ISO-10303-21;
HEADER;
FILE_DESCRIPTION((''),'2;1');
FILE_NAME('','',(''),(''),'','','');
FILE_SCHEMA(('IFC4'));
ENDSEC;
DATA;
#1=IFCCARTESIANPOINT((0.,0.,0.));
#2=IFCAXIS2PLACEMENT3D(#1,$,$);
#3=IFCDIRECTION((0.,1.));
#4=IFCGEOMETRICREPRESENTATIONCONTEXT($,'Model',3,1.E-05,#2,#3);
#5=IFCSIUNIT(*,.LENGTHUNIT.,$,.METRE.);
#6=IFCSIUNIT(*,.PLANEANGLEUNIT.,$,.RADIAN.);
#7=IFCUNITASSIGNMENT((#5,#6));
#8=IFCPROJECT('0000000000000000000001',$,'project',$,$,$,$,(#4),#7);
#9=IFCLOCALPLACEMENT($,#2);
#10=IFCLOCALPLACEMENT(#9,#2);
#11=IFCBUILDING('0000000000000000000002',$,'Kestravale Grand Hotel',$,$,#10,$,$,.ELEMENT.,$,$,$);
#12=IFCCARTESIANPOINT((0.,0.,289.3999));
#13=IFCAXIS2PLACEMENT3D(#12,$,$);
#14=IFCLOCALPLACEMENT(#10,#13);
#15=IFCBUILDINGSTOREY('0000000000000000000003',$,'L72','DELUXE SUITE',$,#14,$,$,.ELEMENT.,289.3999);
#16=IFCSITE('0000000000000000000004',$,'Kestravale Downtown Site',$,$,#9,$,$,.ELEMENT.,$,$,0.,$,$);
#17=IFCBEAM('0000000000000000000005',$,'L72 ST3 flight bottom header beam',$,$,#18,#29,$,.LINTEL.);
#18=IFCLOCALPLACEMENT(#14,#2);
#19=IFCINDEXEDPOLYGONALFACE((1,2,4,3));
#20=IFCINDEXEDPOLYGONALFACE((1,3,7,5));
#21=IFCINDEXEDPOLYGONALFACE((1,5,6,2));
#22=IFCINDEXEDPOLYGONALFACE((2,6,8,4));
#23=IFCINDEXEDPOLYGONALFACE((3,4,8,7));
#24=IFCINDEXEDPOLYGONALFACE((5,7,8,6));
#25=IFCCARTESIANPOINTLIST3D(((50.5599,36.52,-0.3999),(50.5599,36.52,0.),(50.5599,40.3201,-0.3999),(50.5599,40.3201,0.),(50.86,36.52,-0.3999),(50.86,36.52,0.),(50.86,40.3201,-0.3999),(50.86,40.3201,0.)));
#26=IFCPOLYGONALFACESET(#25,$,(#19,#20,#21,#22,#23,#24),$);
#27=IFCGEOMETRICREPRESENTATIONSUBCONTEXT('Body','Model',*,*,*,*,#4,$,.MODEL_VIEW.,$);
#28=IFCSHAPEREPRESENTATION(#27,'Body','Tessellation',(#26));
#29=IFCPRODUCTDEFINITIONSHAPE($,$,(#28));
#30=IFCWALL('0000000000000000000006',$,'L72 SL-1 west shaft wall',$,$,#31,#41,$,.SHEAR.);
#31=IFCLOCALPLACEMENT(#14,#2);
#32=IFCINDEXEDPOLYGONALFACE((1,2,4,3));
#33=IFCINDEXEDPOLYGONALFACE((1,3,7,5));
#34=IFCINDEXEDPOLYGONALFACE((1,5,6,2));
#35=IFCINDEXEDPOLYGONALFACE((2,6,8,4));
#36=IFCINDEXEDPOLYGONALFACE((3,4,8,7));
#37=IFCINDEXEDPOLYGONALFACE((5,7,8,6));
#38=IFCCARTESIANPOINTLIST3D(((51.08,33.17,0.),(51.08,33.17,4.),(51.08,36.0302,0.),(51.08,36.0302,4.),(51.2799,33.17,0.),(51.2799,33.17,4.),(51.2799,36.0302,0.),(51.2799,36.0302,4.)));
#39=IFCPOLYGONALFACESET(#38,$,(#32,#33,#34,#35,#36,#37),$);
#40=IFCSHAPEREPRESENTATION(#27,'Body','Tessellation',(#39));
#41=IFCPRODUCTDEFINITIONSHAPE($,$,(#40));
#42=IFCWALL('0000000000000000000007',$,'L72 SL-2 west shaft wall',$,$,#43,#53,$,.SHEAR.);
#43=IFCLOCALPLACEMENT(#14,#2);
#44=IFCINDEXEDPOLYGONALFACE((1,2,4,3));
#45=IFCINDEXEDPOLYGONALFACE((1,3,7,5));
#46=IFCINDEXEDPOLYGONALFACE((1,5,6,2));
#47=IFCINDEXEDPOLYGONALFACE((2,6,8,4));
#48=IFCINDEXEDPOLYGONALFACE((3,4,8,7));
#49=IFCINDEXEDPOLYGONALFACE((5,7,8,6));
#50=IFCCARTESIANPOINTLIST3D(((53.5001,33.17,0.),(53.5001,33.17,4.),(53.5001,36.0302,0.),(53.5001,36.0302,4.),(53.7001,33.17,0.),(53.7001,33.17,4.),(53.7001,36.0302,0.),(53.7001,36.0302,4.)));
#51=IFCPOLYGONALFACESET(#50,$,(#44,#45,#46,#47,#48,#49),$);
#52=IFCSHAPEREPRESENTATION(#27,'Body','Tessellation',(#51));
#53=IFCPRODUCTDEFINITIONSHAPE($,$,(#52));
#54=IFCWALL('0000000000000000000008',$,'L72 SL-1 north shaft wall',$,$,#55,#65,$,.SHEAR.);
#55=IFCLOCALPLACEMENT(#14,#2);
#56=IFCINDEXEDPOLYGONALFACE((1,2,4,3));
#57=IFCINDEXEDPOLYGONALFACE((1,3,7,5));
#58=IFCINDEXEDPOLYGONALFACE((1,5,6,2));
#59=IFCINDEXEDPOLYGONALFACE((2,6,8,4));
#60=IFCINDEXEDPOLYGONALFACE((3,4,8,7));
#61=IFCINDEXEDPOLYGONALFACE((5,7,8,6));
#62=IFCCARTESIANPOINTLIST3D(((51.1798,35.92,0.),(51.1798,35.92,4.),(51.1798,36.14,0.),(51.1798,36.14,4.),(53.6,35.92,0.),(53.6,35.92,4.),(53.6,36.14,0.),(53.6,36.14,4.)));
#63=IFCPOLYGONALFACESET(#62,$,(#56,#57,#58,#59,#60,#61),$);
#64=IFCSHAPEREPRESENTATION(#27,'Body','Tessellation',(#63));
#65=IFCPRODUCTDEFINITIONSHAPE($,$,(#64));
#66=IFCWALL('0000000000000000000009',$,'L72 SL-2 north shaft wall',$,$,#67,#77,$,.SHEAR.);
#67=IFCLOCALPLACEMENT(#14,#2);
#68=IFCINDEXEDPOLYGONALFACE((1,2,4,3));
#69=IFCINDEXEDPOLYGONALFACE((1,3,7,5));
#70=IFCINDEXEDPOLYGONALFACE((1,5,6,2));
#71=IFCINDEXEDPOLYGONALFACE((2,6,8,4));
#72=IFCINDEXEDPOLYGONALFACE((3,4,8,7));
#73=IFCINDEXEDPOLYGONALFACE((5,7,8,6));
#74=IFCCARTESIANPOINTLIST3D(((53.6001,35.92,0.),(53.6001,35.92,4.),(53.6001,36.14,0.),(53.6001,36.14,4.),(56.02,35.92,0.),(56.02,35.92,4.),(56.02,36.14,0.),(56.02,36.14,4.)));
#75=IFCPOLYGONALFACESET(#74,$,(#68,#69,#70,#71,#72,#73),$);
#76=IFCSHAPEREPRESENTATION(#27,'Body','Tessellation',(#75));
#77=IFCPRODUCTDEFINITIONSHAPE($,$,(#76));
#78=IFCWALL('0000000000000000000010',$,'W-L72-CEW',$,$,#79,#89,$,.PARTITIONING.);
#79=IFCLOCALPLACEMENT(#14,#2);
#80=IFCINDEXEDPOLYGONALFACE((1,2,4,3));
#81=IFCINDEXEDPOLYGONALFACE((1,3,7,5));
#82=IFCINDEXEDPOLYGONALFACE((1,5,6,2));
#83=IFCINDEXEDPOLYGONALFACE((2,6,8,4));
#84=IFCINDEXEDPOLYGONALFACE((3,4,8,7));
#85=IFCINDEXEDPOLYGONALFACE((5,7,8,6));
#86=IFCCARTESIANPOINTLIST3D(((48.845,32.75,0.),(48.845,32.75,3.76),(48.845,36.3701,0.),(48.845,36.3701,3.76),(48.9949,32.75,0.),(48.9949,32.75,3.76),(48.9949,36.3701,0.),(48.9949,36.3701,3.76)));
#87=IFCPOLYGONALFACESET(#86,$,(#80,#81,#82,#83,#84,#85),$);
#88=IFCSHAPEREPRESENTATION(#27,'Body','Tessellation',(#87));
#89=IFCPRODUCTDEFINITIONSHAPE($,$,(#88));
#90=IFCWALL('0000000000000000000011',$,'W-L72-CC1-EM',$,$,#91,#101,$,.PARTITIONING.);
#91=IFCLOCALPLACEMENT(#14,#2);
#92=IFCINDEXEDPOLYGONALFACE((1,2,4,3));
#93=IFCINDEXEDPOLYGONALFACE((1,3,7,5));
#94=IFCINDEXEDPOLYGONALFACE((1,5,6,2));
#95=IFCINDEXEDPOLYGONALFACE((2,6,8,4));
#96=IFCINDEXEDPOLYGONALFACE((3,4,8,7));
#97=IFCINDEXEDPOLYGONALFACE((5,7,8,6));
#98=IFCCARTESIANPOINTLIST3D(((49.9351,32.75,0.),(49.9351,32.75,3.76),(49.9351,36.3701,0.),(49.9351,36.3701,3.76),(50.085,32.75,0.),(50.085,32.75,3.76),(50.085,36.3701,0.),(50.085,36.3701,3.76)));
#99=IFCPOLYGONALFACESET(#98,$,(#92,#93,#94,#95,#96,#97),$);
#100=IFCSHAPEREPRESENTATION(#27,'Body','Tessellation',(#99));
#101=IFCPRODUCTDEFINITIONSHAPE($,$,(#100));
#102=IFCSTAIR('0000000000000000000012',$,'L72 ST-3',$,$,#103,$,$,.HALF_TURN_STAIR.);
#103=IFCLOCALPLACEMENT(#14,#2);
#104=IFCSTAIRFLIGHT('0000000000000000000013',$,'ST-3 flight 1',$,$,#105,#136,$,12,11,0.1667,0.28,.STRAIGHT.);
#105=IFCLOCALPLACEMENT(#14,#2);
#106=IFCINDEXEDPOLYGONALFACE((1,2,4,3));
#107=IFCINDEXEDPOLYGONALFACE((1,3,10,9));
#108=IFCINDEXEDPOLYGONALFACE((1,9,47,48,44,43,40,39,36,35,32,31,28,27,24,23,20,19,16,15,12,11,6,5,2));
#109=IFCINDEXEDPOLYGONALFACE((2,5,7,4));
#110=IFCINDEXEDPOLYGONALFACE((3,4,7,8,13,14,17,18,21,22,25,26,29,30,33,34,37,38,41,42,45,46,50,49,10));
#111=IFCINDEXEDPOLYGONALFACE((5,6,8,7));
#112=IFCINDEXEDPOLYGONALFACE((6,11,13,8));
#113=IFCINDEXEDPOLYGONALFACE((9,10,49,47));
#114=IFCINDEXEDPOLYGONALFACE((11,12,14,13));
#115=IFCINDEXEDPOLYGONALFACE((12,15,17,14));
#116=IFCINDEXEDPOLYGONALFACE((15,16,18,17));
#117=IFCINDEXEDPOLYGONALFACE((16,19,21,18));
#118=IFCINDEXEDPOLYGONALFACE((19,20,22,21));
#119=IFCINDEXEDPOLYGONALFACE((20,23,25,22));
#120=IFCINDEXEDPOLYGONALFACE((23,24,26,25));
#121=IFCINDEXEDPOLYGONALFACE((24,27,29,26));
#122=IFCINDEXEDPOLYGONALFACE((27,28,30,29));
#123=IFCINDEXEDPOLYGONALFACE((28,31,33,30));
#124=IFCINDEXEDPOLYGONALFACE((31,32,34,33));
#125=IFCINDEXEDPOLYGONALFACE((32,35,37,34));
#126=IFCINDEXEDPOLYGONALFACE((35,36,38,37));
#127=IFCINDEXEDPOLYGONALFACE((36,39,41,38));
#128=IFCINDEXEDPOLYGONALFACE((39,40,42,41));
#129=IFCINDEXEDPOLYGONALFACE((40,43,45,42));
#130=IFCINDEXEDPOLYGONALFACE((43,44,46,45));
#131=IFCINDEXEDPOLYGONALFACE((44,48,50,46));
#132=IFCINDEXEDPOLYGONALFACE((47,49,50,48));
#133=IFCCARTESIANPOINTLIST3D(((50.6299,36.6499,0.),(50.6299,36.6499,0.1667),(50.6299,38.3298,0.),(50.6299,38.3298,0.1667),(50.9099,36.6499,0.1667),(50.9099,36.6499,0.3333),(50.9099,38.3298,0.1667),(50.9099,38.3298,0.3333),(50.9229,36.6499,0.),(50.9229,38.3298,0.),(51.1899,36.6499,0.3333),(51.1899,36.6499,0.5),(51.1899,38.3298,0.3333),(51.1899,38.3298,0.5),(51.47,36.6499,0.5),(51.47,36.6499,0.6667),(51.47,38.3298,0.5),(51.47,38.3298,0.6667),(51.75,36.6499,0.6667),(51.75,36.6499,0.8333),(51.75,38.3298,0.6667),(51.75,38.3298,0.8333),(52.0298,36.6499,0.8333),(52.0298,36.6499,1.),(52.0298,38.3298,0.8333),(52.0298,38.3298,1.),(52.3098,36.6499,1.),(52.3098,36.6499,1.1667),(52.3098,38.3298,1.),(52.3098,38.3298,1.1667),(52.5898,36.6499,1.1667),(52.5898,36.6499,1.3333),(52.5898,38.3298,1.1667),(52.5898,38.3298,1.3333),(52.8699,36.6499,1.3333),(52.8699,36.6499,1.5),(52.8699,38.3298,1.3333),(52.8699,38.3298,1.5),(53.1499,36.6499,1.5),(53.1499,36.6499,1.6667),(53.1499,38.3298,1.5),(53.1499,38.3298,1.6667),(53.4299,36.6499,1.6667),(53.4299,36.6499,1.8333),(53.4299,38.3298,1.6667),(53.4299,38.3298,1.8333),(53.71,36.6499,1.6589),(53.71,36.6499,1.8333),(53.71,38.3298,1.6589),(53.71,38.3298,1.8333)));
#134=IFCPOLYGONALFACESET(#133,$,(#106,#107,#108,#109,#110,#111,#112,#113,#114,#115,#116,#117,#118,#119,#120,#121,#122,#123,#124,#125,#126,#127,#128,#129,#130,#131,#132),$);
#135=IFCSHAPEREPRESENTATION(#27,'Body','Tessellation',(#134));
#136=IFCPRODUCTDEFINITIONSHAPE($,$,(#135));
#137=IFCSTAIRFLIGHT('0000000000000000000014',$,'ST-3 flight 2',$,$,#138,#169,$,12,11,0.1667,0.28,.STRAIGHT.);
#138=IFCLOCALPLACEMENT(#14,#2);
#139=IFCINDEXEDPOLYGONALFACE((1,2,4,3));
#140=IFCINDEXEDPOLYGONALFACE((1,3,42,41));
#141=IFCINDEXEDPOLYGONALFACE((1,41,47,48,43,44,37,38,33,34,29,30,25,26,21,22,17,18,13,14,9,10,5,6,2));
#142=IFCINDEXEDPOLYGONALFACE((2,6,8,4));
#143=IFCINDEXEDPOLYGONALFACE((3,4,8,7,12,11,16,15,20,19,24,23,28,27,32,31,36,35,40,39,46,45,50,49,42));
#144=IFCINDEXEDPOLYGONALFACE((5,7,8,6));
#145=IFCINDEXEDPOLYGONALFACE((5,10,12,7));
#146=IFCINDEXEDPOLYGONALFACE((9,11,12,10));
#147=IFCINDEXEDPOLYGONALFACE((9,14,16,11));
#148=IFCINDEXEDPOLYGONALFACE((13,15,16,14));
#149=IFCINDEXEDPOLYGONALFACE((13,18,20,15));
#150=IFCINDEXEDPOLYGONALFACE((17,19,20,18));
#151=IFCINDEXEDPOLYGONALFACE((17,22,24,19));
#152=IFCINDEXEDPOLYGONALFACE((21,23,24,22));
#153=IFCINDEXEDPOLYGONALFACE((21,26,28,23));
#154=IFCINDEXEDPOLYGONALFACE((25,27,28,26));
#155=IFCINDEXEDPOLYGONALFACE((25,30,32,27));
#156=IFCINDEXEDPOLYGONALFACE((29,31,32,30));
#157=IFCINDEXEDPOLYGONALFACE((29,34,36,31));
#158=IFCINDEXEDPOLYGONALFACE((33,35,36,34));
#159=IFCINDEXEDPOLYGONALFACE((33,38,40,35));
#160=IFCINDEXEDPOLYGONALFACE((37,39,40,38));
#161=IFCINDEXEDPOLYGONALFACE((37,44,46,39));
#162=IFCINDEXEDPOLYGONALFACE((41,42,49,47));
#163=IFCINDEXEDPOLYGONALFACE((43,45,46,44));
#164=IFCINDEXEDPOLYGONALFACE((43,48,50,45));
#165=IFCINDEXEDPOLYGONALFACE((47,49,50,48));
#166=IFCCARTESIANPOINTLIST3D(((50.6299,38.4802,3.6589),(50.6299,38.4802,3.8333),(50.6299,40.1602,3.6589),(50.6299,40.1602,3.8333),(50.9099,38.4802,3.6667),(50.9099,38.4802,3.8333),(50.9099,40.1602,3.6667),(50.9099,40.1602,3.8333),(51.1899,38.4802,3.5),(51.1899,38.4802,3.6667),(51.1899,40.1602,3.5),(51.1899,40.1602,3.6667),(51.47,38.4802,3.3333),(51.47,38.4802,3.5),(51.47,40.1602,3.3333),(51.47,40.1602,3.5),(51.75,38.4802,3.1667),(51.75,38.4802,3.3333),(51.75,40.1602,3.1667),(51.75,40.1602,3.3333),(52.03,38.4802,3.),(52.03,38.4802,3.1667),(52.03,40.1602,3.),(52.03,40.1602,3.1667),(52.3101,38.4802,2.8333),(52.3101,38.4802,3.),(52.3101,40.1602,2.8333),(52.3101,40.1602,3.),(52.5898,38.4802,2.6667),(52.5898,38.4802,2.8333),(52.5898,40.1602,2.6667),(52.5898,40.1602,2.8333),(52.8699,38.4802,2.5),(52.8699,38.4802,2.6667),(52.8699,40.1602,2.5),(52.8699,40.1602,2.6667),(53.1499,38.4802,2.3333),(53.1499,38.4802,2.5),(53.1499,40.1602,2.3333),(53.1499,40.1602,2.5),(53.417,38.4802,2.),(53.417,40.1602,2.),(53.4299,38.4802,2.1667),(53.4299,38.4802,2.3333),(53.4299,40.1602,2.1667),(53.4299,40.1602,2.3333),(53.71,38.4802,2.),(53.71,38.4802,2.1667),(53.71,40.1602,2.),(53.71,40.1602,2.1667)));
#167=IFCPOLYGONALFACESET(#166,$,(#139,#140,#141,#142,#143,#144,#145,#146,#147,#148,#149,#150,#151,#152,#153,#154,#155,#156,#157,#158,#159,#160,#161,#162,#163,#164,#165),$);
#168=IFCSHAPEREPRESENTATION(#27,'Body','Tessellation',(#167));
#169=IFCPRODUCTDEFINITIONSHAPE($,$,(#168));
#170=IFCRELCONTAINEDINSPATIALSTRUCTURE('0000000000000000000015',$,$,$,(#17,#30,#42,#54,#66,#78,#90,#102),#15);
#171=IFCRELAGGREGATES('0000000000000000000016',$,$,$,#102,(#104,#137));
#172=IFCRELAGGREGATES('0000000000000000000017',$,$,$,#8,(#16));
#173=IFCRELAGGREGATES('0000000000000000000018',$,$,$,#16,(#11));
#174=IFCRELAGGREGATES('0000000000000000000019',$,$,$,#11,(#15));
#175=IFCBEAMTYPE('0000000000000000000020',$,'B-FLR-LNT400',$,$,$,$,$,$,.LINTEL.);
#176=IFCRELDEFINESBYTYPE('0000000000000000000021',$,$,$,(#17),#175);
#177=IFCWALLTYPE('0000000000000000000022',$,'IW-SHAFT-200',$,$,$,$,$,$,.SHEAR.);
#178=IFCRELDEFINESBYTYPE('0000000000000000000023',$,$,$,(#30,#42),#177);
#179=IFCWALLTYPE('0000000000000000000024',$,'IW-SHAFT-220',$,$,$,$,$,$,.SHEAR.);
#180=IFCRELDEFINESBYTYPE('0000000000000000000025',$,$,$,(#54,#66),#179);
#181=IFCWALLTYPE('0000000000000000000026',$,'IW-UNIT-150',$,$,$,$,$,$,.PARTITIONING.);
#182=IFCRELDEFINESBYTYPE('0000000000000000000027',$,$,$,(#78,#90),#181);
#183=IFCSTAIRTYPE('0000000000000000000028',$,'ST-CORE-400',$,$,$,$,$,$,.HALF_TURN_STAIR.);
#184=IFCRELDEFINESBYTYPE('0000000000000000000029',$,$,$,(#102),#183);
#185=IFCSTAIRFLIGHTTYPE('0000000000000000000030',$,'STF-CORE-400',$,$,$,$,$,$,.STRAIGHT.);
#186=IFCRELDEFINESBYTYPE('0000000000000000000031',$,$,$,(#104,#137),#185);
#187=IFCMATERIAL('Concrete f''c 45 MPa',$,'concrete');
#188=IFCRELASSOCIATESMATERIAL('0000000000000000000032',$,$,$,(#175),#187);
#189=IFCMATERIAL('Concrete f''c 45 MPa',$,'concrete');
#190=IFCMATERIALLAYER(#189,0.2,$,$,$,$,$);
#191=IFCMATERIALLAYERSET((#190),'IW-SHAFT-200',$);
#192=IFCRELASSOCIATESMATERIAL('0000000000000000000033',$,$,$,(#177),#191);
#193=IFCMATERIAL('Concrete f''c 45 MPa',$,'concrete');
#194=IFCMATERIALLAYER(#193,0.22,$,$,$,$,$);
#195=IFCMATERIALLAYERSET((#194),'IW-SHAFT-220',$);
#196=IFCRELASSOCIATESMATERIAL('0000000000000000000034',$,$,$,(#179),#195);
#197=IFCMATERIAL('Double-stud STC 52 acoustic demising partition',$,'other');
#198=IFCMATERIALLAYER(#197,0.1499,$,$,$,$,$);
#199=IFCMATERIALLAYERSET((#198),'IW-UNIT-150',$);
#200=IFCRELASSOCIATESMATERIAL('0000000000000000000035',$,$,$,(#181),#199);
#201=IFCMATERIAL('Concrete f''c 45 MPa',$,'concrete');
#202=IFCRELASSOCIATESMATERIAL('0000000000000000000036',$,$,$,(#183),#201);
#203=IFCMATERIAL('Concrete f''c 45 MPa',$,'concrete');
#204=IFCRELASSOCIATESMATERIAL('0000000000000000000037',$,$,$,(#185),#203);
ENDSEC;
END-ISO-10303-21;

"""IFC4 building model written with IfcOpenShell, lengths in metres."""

from ifc_helpers import new_model, si_unit, direction, frame, frame_2d, origin, origin_2d, place, context, subcontext, project, spatial, polyline, rectangle, outline, extrude, material, layer, layer_set, material_profile, profile_set, type_object, element, aggregate, save


model = new_model("IFC4")

# Units and contexts
model_context = context("Model", 3, precision=1e-05, world=origin(), true_north=direction((0.0, 1.0)))
body_context = subcontext(model_context, "Body", "Model", "MODEL_VIEW")
ifc_project = project(units=[si_unit("LENGTHUNIT", "METRE"), si_unit("PLANEANGLEUNIT", "RADIAN")], contexts=[model_context])

# Site, building, storey
site_placement = place(None, origin())
site = spatial("IfcSite", under=ifc_project, at=site_placement, Name="Kestravale Downtown Site", CompositionType="ELEMENT", RefElevation=0.0)
building_placement = place(site_placement, origin())
building = spatial("IfcBuilding", under=site, at=building_placement, Name="Kestravale Grand Hotel", CompositionType="ELEMENT")
storey_placement = place(building_placement, frame((0.0, 0.0, 289.3999)))
storey = spatial("IfcBuildingStorey", under=building, at=storey_placement, Name="L72", Description="DELUXE SUITE", CompositionType="ELEMENT", Elevation=289.3999)

# Beam
ifc_material_1 = material(Name="Concrete f'c 45 MPa", Category="concrete")
ifc_material_profile = material_profile(ifc_material_1, rectangle(XDim=0.3, YDim=0.3999, at=origin_2d()))
ifc_profile_set = profile_set([ifc_material_profile], Name="Concrete f'c 45 MPa")
beam_type = type_object("IfcBeamType", Name="B-FLR-LNT400", PredefinedType="LINTEL", material=ifc_profile_set)
beam_placement = place(storey_placement, frame((50.71, 36.52, -0.2), z_axis=(0.0, 1.0, 0.0), x_axis=(-1.0, 0.0, 0.0)))
element("IfcBeam", 1, at=beam_placement, inside=storey, type_object=beam_type, Name="L72 ST3 flight bottom header beam", PredefinedType="LINTEL", context=body_context, shape_type="SweptSolid", body=[
    extrude(rectangle(XDim=0.3, YDim=0.3999, at=origin_2d()), origin(), (0.0, 0.0, 1.0), 3.8),
])

# Walls
ifc_material_2 = material(Name="Concrete f'c 45 MPa", Category="concrete")
ifc_layer_1 = layer(ifc_material_2, 0.2)
ifc_layer_set_1 = layer_set([ifc_layer_1], Name="IW-SHAFT-200")
wall_type_1 = type_object("IfcWallType", Name="IW-SHAFT-200", PredefinedType="SHEAR", material=ifc_layer_set_1)
for number, where, z_axis, x_axis, name in (
    (2, (51.1799, 33.1699, 0.0), (0.0, 0.0, 1.0), (0.0, 1.0, 0.0), "L72 SL-1 west shaft wall"),
    (3, (53.6001, 33.1699, 0.0), (0.0, 0.0, 1.0), (0.0, 1.0, 0.0), "L72 SL-2 west shaft wall"),
):
    element("IfcWall", number, at=place(storey_placement, frame(where, z_axis=z_axis, x_axis=x_axis)), inside=storey, type_object=wall_type_1, Name=name, PredefinedType="SHEAR", context=body_context, shape_type="SweptSolid", body=[
        extrude(rectangle(XDim=2.8601, YDim=0.2, at=frame_2d((1.4302, 0.0))), origin(), (0.0, 0.0, 1.0), 4.0),
    ])
ifc_material_3 = material(Name="Concrete f'c 45 MPa", Category="concrete")
ifc_layer_2 = layer(ifc_material_3, 0.22)
ifc_layer_set_2 = layer_set([ifc_layer_2], Name="IW-SHAFT-220")
wall_type_2 = type_object("IfcWallType", Name="IW-SHAFT-220", PredefinedType="SHEAR", material=ifc_layer_set_2)
wall_1_placement = place(storey_placement, frame((51.1799, 36.03, 0.0), z_axis=(0.0, 0.0, 1.0), x_axis=(1.0, 0.0, 0.0)))
element("IfcWall", 4, at=wall_1_placement, inside=storey, type_object=wall_type_2, Name="L72 SL-1 north shaft wall", PredefinedType="SHEAR", context=body_context, shape_type="SweptSolid", body=[
    extrude(rectangle(XDim=2.4202, YDim=0.22, at=frame_2d((1.21, 0.0))), origin(), (0.0, 0.0, 1.0), 4.0),
])

# Wall
wall_2_placement = place(storey_placement, frame((53.6001, 36.03, 0.0), z_axis=(0.0, 0.0, 1.0), x_axis=(1.0, 0.0, 0.0)))
element("IfcWall", 5, at=wall_2_placement, inside=storey, type_object=wall_type_2, Name="L72 SL-2 north shaft wall", PredefinedType="SHEAR", context=body_context, shape_type="SweptSolid", body=[
    extrude(rectangle(XDim=2.4199, YDim=0.22, at=frame_2d((1.21, 0.0))), origin(), (0.0, 0.0, 1.0), 4.0),
])

# Walls
ifc_material_4 = material(Name="Double-stud STC 52 acoustic demising partition", Category="other")
ifc_layer_3 = layer(ifc_material_4, 0.1499)
ifc_layer_set_3 = layer_set([ifc_layer_3], Name="IW-UNIT-150")
wall_type_3 = type_object("IfcWallType", Name="IW-UNIT-150", PredefinedType="PARTITIONING", material=ifc_layer_set_3)
for number, where, z_axis, x_axis, name in (
    (6, (48.9199, 32.75, 0.0), (0.0, 0.0, 1.0), (0.0, 1.0, 0.0), "W-L72-CEW"),
    (7, (50.01, 32.75, 0.0), (0.0, 0.0, 1.0), (0.0, 1.0, 0.0), "W-L72-CC1-EM"),
):
    element("IfcWall", number, at=place(storey_placement, frame(where, z_axis=z_axis, x_axis=x_axis)), inside=storey, type_object=wall_type_3, Name=name, PredefinedType="PARTITIONING", context=body_context, shape_type="SweptSolid", body=[
        extrude(rectangle(XDim=3.6201, YDim=0.1499, at=frame_2d((1.8101, 0.0))), origin(), (0.0, 0.0, 1.0), 3.76),
    ])

# Stair, stair flights
ifc_material_5 = material(Name="Concrete f'c 45 MPa", Category="concrete")
stair_type = type_object("IfcStairType", Name="ST-CORE-400", PredefinedType="HALF_TURN_STAIR", material=ifc_material_5)
stair_placement = place(storey_placement, origin())
stair = element("IfcStair", 8, at=stair_placement, inside=storey, type_object=stair_type, Name="L72 ST-3", PredefinedType="HALF_TURN_STAIR")
ifc_material_6 = material(Name="Concrete f'c 45 MPa", Category="concrete")
stair_flight_type = type_object("IfcStairFlightType", Name="STF-CORE-400", PredefinedType="STRAIGHT", material=ifc_material_6)
stair_flight_1_placement = place(storey_placement, frame((50.6299, 37.49, 0.0), z_axis=(0.0, 0.0, 1.0), x_axis=(1.0, 0.0, 0.0)))
stair_flight_1 = element("IfcStairFlight", 9, at=stair_flight_1_placement, type_object=stair_flight_type, Name="ST-3 flight 1", NumberOfRisers=12, NumberOfTreads=11, PredefinedType="STRAIGHT", RiserHeight=0.1667, TreadLength=0.28, context=body_context, shape_type="SweptSolid", body=[
    extrude(outline(polyline([(0.0, 0.0), (0.0, 0.1667), (0.28, 0.1667), (0.28, 0.3333), (0.5601, 0.3333), (0.5601, 0.5), (0.8401, 0.5), (0.8401, 0.6667), (1.1201, 0.6667), (1.1201, 0.8333), (1.3999, 0.8333), (1.3999, 1.0), (1.6799, 1.0), (1.6799, 1.1667), (1.96, 1.1667), (1.96, 1.3333), (2.24, 1.3333), (2.24, 1.5), (2.52, 1.5), (2.52, 1.6667), (2.8, 1.6667), (2.8, 1.8333), (3.0801, 1.8333), (3.0801, 2.0), (3.0801, 1.6589), (0.293, 0.0), (0.0, 0.0)])), frame((0.0, 0.8398, 0.0), z_axis=(0.0, -1.0, 0.0), x_axis=(1.0, 0.0, 0.0)), (0.0, 0.0, 1.0), 1.6799),
])
stair_flight_2_placement = place(storey_placement, frame((53.71, 39.3201, 2.0), z_axis=(0.0, 0.0, 1.0), x_axis=(-1.0, 0.0, 0.0)))
stair_flight_2 = element("IfcStairFlight", 10, at=stair_flight_2_placement, type_object=stair_flight_type, Name="ST-3 flight 2", NumberOfRisers=12, NumberOfTreads=11, PredefinedType="STRAIGHT", RiserHeight=0.1667, TreadLength=0.28, context=body_context, shape_type="SweptSolid", body=[
    extrude(outline(polyline([(0.0, 0.0), (0.0, 0.1667), (0.28, 0.1667), (0.28, 0.3333), (0.5601, 0.3333), (0.5601, 0.5), (0.8401, 0.5), (0.8401, 0.6667), (1.1201, 0.6667), (1.1201, 0.8333), (1.3999, 0.8333), (1.3999, 1.0), (1.6799, 1.0), (1.6799, 1.1667), (1.96, 1.1667), (1.96, 1.3333), (2.24, 1.3333), (2.24, 1.5), (2.52, 1.5), (2.52, 1.6667), (2.8, 1.6667), (2.8, 1.8333), (3.0801, 1.8333), (3.0801, 2.0), (3.0801, 1.6589), (0.293, 0.0), (0.0, 0.0)])), frame((0.0, 0.8398, 0.0), z_axis=(0.0, -1.0, 0.0), x_axis=(1.0, 0.0, 0.0)), (0.0, 0.0, 1.0), 1.6799),
])
aggregate(stair, [stair_flight_1, stair_flight_2])

save(model, "model.ifc")
